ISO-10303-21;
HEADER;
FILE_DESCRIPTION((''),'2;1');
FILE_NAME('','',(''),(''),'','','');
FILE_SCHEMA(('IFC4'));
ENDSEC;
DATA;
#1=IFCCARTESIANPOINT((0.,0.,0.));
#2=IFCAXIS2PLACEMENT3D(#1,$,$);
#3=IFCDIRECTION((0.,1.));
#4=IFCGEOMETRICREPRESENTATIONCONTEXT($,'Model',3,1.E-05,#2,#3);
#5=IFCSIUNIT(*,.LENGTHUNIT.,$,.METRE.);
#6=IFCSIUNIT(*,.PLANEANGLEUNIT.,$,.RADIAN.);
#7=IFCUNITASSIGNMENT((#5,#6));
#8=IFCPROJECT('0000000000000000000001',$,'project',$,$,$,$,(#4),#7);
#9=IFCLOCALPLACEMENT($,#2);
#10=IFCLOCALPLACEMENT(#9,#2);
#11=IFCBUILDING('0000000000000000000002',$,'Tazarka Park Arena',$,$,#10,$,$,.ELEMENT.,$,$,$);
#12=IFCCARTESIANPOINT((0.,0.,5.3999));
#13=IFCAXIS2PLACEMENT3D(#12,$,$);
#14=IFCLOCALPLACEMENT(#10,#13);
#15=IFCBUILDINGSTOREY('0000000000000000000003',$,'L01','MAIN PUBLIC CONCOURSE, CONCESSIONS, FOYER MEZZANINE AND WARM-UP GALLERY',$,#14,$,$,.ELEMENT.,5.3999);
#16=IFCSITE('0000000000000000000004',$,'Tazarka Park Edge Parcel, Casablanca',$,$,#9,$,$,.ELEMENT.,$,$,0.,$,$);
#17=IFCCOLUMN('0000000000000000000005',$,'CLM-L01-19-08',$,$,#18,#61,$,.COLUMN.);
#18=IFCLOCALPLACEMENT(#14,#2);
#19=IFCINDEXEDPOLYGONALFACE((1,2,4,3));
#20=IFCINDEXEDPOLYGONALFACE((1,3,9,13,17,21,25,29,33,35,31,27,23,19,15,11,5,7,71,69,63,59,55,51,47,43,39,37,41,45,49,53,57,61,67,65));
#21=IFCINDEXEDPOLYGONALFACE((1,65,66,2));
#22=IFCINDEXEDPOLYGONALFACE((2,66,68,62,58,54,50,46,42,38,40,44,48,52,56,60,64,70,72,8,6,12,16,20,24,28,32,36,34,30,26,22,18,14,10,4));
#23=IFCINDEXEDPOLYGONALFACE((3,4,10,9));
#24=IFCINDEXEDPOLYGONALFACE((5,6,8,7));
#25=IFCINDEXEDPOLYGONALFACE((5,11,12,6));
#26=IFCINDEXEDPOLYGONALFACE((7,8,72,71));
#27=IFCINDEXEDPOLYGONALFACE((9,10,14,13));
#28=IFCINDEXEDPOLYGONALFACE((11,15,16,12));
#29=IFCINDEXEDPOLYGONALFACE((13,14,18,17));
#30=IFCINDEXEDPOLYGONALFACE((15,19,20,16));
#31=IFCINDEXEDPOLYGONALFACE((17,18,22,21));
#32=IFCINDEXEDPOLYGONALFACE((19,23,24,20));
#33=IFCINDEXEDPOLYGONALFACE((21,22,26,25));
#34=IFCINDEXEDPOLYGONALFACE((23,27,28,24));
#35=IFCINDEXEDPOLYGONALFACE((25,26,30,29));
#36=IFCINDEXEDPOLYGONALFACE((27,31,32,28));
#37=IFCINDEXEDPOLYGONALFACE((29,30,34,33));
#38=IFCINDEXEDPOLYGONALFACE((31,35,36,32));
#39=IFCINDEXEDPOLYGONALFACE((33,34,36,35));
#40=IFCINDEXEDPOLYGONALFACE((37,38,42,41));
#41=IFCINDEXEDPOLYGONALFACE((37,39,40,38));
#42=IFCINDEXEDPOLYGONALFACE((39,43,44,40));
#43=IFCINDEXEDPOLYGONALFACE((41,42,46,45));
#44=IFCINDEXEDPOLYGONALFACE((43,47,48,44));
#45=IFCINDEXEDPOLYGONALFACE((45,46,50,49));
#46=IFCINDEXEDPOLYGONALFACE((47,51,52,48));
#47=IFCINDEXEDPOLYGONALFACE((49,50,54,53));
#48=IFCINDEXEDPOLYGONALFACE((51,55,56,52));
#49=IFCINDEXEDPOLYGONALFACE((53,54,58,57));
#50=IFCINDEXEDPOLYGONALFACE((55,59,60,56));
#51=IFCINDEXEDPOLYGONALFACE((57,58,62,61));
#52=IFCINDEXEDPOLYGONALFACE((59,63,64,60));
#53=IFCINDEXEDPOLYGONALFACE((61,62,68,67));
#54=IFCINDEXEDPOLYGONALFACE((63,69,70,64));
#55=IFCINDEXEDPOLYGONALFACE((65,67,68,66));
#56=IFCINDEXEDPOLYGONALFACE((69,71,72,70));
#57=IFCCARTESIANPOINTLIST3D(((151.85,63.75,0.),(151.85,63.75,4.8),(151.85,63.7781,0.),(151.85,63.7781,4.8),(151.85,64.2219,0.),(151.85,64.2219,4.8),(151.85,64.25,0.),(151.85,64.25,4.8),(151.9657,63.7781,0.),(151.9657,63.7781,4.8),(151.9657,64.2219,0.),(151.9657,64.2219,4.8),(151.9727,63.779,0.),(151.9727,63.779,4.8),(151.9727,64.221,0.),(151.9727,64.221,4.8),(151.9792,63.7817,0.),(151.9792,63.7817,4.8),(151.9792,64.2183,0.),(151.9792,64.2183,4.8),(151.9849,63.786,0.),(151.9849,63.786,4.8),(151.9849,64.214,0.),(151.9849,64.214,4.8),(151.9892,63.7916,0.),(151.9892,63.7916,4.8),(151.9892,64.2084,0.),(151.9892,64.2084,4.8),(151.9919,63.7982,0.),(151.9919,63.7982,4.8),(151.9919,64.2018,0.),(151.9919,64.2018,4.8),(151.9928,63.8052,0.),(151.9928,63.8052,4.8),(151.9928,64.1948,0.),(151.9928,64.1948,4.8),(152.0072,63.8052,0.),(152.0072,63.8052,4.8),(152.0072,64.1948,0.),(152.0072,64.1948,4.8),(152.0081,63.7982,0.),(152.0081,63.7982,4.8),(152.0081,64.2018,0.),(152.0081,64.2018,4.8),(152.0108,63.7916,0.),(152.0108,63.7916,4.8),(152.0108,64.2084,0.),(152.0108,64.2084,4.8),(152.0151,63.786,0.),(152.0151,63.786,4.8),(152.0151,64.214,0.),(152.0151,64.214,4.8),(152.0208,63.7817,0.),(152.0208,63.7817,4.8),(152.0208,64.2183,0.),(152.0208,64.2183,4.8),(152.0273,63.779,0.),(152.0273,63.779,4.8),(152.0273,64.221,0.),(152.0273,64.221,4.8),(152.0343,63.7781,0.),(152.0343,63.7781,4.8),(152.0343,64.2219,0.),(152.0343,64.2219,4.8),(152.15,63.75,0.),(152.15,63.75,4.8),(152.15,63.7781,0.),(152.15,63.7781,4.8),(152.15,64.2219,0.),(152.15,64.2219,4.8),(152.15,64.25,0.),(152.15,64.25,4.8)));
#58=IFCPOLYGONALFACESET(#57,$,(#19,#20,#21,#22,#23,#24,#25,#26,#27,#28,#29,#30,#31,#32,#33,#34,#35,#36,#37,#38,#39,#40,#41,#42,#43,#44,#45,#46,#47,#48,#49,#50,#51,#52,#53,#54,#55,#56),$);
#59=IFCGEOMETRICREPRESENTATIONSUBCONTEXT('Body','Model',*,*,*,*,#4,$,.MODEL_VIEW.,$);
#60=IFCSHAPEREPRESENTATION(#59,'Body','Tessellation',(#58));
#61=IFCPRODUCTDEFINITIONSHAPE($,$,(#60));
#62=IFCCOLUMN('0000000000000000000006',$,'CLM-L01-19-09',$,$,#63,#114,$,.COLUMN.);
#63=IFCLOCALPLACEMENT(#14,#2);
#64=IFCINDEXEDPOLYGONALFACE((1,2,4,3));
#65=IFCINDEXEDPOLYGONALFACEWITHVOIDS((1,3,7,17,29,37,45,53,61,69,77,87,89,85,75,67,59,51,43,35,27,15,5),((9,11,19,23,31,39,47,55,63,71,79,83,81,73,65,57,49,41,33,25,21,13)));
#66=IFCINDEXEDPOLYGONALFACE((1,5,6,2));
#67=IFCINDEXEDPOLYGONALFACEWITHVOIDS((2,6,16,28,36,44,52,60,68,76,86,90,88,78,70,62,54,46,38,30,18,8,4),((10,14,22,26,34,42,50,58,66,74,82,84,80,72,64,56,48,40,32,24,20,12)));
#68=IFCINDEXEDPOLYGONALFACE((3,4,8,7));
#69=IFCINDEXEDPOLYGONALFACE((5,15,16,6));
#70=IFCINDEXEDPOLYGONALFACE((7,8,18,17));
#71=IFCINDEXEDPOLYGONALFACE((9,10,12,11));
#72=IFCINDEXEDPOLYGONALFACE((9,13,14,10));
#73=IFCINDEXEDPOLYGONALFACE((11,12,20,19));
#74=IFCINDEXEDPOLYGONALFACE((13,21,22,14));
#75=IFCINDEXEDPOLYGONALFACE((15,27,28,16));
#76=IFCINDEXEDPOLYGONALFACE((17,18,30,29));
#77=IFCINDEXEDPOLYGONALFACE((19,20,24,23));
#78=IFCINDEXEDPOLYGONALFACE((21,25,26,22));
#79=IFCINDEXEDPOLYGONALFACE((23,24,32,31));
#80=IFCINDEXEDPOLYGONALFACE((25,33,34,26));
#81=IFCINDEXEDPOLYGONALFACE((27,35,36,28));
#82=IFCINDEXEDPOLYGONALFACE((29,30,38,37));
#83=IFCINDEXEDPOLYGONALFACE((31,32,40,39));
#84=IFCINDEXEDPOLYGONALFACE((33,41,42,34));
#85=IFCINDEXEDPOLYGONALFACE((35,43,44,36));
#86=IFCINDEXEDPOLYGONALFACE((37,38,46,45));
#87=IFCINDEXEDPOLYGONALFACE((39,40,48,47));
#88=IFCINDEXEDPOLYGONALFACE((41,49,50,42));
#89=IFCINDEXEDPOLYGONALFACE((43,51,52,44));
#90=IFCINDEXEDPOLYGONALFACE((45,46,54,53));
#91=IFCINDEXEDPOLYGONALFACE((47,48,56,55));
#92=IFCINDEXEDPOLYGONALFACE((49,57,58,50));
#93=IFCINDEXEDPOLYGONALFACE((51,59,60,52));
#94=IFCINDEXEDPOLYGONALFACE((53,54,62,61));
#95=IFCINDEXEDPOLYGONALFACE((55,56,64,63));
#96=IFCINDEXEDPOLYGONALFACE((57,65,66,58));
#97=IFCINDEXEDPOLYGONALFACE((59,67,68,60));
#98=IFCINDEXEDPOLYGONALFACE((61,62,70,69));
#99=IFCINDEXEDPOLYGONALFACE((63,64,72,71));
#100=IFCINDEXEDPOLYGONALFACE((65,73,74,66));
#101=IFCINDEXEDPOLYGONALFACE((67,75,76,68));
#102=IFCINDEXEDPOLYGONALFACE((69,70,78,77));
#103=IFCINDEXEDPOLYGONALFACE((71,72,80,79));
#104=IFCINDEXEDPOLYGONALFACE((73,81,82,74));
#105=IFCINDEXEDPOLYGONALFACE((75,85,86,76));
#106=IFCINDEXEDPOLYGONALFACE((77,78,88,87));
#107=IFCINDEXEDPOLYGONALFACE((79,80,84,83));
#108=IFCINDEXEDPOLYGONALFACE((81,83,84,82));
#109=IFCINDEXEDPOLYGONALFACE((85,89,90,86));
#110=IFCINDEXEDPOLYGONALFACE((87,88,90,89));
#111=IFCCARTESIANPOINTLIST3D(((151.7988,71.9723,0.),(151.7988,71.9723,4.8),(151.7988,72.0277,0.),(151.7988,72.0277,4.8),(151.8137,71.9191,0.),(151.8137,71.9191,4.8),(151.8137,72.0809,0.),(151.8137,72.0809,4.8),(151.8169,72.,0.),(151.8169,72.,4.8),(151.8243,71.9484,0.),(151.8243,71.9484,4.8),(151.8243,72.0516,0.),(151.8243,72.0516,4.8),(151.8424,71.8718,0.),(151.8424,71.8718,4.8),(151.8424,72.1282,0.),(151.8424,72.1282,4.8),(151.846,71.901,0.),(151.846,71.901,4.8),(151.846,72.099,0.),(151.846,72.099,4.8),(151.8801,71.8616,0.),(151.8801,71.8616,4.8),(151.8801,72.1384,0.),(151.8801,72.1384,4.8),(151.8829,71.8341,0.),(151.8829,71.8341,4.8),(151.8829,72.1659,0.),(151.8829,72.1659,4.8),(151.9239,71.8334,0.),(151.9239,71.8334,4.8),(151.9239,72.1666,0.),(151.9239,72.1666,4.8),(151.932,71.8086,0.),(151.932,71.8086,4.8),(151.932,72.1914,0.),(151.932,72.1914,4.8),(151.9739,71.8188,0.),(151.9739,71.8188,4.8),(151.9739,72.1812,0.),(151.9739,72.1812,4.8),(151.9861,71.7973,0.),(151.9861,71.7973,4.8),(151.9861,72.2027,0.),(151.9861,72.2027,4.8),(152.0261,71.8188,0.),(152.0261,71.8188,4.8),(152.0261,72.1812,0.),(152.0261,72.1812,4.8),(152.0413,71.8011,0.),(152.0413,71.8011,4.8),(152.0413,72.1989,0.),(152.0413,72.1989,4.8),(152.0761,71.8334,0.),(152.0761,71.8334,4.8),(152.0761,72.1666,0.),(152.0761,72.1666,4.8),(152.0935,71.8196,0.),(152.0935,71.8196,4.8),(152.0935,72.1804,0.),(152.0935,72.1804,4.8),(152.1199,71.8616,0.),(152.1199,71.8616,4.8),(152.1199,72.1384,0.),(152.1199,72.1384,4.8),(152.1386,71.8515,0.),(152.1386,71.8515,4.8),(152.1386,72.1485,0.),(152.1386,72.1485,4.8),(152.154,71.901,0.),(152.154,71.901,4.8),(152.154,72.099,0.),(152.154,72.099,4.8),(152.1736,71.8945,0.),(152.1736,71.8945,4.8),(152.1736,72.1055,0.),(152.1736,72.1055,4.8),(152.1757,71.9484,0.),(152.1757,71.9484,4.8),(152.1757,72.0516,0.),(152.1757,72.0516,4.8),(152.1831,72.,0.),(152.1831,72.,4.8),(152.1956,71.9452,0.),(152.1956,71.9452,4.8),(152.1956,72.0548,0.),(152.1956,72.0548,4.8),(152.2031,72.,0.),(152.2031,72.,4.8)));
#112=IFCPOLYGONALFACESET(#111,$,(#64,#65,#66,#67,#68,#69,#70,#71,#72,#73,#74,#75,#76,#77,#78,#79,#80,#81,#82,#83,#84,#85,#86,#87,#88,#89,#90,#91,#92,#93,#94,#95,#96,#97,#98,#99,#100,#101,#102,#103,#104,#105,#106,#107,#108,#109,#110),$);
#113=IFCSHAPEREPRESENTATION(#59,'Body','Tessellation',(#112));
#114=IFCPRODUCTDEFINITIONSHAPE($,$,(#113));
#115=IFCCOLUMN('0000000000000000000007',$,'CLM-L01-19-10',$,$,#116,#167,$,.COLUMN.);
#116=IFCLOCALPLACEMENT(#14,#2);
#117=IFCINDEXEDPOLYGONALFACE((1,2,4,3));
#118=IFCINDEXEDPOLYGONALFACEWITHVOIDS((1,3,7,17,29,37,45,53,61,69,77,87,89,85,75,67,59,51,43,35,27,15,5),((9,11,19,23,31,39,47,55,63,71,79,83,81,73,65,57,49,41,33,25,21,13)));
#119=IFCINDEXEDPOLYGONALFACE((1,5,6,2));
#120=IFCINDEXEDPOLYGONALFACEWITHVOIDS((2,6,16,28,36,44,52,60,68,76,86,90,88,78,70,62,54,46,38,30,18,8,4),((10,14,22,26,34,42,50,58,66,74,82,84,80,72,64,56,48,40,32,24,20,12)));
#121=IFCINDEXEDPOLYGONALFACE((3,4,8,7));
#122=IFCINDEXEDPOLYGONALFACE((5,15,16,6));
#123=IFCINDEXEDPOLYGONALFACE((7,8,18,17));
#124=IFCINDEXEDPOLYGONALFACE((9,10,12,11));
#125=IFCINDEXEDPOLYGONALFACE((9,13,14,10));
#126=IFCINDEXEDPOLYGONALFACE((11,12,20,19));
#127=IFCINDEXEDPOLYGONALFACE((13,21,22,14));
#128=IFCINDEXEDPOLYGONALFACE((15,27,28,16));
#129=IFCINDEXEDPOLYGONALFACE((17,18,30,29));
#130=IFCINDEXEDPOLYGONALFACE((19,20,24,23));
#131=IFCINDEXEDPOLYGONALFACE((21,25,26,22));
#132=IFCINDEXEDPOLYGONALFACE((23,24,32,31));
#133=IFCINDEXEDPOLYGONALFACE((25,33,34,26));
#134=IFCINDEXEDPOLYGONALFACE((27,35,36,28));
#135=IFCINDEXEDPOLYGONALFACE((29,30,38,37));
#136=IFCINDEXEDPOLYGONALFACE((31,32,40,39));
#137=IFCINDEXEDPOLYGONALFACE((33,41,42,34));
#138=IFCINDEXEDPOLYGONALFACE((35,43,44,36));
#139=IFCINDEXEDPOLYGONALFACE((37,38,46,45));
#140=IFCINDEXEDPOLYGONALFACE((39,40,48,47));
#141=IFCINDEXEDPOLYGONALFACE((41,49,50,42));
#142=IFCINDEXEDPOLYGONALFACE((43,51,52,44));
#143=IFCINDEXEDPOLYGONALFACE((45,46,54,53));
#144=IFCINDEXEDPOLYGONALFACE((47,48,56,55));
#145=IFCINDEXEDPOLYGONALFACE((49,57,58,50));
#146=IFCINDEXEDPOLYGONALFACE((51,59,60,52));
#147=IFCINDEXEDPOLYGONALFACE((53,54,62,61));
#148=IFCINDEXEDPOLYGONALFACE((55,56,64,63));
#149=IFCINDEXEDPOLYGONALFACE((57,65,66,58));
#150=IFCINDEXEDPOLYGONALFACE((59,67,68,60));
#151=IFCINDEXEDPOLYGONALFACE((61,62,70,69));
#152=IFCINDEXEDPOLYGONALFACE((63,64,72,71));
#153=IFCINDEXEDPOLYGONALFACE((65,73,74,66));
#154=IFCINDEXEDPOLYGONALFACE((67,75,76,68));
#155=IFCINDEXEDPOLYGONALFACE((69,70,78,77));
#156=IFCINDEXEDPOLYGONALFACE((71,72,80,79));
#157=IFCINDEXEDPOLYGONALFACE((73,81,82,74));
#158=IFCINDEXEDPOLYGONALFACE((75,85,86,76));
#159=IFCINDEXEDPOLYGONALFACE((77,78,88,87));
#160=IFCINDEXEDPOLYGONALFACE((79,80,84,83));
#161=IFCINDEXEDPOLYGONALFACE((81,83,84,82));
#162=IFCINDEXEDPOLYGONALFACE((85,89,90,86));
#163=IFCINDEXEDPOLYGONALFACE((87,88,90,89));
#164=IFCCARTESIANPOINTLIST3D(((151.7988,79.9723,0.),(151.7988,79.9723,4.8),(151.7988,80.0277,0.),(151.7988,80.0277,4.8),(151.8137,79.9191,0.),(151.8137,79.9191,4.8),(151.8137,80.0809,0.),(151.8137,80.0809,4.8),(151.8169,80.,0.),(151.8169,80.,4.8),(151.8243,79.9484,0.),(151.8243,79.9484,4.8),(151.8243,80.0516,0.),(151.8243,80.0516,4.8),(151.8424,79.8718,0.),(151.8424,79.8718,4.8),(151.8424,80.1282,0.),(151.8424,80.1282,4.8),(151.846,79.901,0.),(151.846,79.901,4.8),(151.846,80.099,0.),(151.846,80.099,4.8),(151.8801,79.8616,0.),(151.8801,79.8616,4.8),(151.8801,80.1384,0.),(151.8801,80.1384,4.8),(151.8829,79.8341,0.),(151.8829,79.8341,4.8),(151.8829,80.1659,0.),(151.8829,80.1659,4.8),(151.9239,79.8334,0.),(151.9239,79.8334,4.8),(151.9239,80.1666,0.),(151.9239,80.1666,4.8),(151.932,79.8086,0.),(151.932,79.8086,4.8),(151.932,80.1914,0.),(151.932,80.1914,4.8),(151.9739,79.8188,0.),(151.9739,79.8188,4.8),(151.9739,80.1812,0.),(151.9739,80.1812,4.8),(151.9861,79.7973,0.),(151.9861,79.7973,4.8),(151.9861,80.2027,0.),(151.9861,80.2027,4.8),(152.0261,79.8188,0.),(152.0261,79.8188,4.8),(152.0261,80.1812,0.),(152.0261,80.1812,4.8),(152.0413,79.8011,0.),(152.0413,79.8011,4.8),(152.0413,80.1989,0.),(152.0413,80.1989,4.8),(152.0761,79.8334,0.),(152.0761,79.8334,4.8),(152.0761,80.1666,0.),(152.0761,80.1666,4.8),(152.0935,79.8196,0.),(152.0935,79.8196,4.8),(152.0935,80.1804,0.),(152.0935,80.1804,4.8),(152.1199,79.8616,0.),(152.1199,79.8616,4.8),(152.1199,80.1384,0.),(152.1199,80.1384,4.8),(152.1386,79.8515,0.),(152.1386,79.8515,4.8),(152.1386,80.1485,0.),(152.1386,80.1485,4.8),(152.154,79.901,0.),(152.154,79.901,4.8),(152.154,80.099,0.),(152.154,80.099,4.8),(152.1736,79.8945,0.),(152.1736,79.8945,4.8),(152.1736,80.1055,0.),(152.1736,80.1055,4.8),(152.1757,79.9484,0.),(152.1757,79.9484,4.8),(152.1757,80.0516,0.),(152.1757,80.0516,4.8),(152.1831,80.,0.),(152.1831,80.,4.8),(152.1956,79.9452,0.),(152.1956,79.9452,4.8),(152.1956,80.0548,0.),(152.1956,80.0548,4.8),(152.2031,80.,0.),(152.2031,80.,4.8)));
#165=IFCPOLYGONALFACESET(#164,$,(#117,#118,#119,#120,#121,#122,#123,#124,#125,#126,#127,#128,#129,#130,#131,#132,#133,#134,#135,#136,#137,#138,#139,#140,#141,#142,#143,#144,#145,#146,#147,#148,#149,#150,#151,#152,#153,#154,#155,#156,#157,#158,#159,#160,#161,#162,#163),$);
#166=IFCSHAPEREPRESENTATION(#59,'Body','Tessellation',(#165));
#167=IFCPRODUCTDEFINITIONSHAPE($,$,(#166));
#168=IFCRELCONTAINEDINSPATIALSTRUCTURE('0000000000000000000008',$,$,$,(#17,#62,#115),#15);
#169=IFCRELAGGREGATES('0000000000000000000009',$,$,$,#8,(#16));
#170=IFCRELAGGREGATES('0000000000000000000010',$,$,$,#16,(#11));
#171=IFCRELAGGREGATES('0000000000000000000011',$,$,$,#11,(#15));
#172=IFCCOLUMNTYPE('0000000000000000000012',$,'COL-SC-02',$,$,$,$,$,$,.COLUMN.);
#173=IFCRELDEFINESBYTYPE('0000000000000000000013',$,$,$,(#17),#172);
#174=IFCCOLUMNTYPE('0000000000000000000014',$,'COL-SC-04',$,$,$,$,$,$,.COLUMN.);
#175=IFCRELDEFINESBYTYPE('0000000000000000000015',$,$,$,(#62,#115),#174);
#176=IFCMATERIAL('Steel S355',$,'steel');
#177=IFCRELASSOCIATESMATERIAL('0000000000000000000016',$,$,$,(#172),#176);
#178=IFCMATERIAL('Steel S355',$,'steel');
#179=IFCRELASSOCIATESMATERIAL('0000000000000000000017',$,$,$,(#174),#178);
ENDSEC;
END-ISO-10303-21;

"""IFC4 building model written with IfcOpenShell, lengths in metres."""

from ifc_helpers import new_model, si_unit, direction, frame, origin, origin_2d, place, context, subcontext, project, spatial, hollow_circle, i_section, extrude, material, material_profile, profile_set, type_object, element, save


model = new_model("IFC4")

# Units and contexts
model_context = context("Model", 3, precision=1e-05, world=origin(), true_north=direction((0.0, 1.0)))
body_context = subcontext(model_context, "Body", "Model", "MODEL_VIEW")
ifc_project = project(units=[si_unit("LENGTHUNIT", "METRE"), si_unit("PLANEANGLEUNIT", "RADIAN")], contexts=[model_context])

# Site, building, storey
site_placement = place(None, origin())
site = spatial("IfcSite", under=ifc_project, at=site_placement, Name="Tazarka Park Edge Parcel, Casablanca", CompositionType="ELEMENT", RefElevation=0.0)
building_placement = place(site_placement, origin())
building = spatial("IfcBuilding", under=site, at=building_placement, Name="Tazarka Park Arena", CompositionType="ELEMENT")
storey_placement = place(building_placement, frame((0.0, 0.0, 5.3999)))
storey = spatial("IfcBuildingStorey", under=building, at=storey_placement, Name="L01", Description="MAIN PUBLIC CONCOURSE, CONCESSIONS, FOYER MEZZANINE AND WARM-UP GALLERY", CompositionType="ELEMENT", Elevation=5.3999)

# Columns
ifc_material_1 = material(Name="Steel S355", Category="steel")
ifc_material_profile_1 = material_profile(ifc_material_1, i_section(OverallWidth=0.3, OverallDepth=0.5, WebThickness=0.0144, FlangeThickness=0.0281, FilletRadius=0.0271, at=origin_2d()), Name="Steel S355")
ifc_profile_set_1 = profile_set([ifc_material_profile_1], Name="Steel S355")
column_type_1 = type_object("IfcColumnType", Name="COL-SC-02", PredefinedType="COLUMN", material=ifc_profile_set_1)
column_placement = place(storey_placement, frame((152.0, 64.0, 0.0), z_axis=(0.0, 0.0, 1.0), x_axis=(1.0, 0.0, 0.0)))
element("IfcColumn", 1, at=column_placement, inside=storey, type_object=column_type_1, Name="CLM-L01-19-08", PredefinedType="COLUMN", context=body_context, shape_type="SweptSolid", body=[
    extrude(i_section(OverallWidth=0.3, OverallDepth=0.5, WebThickness=0.0144, FlangeThickness=0.0281, FilletRadius=0.0271, at=origin_2d()), origin(), (0.0, 0.0, 1.0), 4.8),
])
ifc_material_2 = material(Name="Steel S355", Category="steel")
ifc_material_profile_2 = material_profile(ifc_material_2, hollow_circle(Radius=0.2031, WallThickness=0.02, at=origin_2d()), Name="Steel S355")
ifc_profile_set_2 = profile_set([ifc_material_profile_2], Name="Steel S355")
column_type_2 = type_object("IfcColumnType", Name="COL-SC-04", PredefinedType="COLUMN", material=ifc_profile_set_2)
for number, where, z_axis, x_axis, name in (
    (2, (152.0, 72.0, 0.0), (0.0, 0.0, 1.0), (1.0, 0.0, 0.0), "CLM-L01-19-09"),
    (3, (152.0, 80.0, 0.0), (0.0, 0.0, 1.0), (1.0, 0.0, 0.0), "CLM-L01-19-10"),
):
    element("IfcColumn", number, at=place(storey_placement, frame(where, z_axis=z_axis, x_axis=x_axis)), inside=storey, type_object=column_type_2, Name=name, PredefinedType="COLUMN", context=body_context, shape_type="SweptSolid", body=[
        extrude(hollow_circle(Radius=0.2031, WallThickness=0.02, at=origin_2d()), origin(), (0.0, 0.0, 1.0), 4.8),
    ])

save(model, "model.ifc")
